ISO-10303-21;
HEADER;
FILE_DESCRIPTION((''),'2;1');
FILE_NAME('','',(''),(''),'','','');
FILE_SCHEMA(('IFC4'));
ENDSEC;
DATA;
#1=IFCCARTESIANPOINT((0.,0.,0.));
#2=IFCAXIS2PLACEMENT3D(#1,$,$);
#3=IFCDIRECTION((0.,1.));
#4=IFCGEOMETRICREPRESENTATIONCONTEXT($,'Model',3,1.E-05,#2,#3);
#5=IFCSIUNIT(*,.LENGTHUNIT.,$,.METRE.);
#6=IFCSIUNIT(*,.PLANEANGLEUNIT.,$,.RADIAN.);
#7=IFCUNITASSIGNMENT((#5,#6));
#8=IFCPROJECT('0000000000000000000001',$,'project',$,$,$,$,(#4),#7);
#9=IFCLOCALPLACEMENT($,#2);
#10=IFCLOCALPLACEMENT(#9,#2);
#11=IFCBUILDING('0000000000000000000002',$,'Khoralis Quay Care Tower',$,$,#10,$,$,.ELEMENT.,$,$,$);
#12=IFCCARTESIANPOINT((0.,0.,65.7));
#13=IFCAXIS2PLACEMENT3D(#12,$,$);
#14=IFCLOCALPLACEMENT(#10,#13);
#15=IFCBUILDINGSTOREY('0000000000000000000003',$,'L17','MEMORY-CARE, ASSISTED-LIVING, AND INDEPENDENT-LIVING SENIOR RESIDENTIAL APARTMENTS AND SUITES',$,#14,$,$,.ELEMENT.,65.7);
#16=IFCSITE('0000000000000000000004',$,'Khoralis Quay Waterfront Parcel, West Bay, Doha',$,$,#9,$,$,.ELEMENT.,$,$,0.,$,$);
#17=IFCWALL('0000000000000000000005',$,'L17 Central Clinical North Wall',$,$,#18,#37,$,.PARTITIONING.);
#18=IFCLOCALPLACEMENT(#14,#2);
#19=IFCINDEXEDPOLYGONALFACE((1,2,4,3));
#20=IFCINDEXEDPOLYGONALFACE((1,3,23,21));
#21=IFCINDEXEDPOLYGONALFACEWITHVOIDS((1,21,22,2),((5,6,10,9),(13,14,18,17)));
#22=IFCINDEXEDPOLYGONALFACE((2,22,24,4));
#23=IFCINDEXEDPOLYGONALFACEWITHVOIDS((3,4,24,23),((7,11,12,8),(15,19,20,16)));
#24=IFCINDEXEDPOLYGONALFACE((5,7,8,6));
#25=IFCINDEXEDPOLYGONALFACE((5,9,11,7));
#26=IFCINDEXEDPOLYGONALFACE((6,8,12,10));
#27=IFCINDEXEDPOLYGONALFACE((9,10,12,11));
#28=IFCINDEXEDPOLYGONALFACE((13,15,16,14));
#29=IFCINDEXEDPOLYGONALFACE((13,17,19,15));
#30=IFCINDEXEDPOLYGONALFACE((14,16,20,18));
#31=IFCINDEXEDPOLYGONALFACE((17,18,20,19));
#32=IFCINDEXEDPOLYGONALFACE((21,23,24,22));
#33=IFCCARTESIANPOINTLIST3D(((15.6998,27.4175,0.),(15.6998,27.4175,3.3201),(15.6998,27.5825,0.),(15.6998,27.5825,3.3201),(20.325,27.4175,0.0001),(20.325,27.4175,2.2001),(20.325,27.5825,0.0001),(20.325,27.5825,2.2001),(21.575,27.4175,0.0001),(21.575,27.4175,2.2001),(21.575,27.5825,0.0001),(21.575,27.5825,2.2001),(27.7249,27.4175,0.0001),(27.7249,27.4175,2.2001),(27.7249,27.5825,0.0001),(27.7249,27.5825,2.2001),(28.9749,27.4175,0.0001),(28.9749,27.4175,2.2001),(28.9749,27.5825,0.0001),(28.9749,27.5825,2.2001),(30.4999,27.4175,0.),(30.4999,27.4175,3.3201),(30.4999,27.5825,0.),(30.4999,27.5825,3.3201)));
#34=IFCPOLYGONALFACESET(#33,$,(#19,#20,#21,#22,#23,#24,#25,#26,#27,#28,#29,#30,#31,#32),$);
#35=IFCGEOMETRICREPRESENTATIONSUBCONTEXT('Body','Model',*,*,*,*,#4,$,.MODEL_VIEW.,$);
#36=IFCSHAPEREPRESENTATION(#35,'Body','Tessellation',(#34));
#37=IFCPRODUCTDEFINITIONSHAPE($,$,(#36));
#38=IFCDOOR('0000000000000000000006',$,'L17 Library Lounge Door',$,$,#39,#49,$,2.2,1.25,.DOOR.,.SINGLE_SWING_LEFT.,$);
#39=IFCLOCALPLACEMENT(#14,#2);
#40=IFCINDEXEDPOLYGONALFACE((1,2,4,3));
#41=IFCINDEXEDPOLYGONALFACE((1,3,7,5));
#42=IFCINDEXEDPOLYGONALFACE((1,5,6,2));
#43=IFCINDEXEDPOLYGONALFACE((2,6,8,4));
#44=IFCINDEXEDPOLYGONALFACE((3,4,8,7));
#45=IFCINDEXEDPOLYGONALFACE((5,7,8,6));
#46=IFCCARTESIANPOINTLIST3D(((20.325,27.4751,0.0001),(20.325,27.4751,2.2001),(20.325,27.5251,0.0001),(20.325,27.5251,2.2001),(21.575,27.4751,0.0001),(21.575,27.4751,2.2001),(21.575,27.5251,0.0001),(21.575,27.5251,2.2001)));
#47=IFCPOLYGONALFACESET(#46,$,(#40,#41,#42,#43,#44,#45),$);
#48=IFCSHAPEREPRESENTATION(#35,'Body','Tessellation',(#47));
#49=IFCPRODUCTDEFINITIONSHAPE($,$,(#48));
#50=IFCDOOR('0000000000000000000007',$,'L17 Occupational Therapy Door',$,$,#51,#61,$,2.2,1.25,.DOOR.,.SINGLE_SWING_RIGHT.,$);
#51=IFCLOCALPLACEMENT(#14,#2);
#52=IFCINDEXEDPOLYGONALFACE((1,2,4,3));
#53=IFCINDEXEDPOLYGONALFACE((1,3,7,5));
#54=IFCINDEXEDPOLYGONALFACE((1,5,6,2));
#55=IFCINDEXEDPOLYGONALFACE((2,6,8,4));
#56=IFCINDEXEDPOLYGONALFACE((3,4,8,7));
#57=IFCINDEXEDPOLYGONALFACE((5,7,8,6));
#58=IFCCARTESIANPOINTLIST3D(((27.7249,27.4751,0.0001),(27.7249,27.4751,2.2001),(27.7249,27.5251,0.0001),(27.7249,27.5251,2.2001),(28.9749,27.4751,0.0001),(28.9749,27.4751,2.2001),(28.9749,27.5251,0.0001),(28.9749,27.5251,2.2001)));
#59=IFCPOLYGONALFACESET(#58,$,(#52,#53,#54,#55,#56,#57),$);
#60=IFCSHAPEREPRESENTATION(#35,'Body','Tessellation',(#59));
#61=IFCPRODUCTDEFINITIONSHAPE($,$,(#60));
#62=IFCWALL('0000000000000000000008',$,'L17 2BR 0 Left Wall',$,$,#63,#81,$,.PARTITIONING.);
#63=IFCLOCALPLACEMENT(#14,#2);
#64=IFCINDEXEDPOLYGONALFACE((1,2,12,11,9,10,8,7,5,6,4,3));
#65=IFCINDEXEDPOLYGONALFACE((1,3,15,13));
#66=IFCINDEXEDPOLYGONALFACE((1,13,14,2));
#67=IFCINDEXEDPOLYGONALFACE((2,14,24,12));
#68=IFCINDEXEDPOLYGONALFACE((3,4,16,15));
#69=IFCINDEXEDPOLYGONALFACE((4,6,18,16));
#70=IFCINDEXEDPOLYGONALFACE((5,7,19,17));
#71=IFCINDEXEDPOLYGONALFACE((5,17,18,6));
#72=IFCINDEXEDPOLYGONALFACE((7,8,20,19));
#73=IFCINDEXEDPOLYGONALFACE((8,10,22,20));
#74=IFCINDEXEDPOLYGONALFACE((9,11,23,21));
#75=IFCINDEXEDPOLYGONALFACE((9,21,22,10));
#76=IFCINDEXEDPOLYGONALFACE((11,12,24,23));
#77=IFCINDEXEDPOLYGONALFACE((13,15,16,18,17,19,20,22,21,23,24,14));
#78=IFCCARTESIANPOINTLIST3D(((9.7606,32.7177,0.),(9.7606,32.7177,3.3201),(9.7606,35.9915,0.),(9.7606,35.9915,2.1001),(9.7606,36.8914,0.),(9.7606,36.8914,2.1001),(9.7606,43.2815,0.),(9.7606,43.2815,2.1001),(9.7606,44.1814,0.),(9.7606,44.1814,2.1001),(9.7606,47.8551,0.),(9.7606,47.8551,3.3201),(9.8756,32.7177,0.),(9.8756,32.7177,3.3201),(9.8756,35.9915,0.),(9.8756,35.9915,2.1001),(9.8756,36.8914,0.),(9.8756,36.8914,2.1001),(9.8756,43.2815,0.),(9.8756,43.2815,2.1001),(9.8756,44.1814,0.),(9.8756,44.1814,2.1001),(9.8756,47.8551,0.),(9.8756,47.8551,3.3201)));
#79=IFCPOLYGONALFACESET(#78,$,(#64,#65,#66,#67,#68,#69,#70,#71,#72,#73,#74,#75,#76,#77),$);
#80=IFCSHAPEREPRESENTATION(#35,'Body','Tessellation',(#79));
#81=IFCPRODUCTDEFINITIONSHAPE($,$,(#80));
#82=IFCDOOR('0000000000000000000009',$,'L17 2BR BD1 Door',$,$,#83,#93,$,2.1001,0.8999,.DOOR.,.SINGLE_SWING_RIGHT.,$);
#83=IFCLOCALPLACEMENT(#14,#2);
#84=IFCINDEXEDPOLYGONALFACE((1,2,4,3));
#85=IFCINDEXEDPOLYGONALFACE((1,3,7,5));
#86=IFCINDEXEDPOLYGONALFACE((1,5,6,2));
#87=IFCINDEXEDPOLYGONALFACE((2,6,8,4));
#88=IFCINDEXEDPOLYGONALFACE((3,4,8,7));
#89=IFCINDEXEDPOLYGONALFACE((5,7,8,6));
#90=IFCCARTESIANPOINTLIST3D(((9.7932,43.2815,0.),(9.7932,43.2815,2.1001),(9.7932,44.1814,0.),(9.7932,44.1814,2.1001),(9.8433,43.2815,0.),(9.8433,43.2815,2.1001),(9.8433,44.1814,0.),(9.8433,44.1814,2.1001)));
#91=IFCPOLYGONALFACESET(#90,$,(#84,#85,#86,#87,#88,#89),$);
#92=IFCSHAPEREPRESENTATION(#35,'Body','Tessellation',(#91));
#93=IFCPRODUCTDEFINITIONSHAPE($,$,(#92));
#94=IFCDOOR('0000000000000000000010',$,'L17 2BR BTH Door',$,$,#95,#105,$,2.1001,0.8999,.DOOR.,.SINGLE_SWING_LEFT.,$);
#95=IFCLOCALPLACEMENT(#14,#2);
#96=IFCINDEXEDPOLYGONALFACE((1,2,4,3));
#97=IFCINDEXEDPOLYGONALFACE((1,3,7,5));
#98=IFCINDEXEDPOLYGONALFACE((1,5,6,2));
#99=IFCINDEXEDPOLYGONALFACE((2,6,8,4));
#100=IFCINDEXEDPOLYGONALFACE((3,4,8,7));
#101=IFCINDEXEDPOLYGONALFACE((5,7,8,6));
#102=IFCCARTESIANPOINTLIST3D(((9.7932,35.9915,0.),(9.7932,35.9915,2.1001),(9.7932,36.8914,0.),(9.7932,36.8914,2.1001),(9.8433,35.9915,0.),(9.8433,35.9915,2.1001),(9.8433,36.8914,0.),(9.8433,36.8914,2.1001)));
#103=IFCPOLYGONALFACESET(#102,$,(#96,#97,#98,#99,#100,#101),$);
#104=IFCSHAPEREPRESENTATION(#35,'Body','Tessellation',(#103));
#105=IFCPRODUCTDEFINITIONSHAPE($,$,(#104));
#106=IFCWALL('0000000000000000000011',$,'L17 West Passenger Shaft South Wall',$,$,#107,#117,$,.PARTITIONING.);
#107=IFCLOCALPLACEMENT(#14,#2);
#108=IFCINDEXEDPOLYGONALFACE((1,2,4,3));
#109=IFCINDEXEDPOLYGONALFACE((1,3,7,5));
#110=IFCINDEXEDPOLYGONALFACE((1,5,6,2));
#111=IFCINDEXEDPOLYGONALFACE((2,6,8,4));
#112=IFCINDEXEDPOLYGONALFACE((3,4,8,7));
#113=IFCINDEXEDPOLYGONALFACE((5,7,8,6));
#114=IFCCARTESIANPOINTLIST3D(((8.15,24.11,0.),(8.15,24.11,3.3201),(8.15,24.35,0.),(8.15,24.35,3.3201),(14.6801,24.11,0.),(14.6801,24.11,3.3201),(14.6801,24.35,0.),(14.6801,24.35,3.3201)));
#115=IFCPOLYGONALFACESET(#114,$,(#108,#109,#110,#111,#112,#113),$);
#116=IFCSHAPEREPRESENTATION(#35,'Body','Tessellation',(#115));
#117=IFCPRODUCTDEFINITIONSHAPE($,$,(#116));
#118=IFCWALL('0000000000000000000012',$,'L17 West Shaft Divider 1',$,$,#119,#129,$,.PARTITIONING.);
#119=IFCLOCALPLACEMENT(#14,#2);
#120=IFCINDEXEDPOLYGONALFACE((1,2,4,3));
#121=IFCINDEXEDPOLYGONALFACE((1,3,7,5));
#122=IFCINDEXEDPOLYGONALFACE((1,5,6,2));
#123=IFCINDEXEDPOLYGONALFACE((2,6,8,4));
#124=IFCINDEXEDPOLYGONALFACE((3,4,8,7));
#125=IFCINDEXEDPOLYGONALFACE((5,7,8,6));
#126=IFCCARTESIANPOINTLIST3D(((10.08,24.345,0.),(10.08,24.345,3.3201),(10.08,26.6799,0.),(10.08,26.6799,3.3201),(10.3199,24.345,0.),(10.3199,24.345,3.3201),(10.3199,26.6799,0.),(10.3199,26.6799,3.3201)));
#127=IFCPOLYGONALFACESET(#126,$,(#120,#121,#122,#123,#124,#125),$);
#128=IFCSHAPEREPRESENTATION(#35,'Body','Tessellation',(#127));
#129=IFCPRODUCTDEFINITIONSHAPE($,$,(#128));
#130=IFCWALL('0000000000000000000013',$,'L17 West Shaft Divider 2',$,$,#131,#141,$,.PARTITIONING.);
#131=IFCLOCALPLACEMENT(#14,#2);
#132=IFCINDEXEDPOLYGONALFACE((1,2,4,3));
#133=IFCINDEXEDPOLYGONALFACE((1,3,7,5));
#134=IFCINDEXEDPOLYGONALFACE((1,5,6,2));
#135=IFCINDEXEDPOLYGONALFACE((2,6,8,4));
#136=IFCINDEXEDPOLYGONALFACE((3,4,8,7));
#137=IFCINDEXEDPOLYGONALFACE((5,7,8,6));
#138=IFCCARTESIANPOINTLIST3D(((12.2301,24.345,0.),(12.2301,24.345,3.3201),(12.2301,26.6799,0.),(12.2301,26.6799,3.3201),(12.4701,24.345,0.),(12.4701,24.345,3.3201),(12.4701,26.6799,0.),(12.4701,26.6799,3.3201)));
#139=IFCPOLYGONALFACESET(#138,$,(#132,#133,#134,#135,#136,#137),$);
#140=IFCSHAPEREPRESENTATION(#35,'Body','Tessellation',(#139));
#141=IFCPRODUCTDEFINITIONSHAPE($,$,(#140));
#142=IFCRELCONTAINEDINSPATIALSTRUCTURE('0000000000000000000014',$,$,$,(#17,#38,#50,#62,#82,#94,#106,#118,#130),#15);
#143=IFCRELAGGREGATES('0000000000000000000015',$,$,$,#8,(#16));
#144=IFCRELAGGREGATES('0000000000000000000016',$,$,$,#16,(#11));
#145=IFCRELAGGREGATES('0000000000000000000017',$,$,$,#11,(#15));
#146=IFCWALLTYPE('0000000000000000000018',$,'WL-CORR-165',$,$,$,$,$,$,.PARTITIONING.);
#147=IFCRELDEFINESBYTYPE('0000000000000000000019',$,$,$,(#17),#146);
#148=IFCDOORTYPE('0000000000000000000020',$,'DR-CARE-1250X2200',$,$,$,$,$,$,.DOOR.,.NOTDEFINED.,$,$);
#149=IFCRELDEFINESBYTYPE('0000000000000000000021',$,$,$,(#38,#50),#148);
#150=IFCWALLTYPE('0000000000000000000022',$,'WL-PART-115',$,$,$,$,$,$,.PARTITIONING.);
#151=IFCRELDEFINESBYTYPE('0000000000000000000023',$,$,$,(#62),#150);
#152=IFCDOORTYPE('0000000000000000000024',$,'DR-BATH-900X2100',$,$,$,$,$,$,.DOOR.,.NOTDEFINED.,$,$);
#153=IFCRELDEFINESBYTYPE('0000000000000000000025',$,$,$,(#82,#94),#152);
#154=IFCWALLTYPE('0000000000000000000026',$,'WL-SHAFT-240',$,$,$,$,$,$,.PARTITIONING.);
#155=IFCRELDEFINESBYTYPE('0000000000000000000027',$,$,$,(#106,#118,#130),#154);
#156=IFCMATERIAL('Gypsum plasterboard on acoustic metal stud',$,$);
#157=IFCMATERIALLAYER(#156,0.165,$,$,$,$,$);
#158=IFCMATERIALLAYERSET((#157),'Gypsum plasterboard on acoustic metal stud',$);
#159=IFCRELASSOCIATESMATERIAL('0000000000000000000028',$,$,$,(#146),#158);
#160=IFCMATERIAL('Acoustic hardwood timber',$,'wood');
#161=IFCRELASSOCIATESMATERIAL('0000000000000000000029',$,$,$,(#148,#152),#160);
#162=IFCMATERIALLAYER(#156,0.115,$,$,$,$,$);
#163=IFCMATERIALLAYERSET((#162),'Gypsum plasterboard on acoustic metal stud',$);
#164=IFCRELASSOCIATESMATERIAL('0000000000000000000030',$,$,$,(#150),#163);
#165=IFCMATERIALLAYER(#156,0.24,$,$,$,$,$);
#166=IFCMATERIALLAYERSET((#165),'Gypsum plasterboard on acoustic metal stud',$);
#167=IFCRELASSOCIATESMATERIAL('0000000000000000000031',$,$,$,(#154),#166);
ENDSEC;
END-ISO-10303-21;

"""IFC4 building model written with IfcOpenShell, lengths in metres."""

from ifc_helpers import new_model, si_unit, direction, frame, frame_2d, origin, place, context, subcontext, project, spatial, rectangle, extrude, source, transform, mapped, material, layer, layer_set, type_object, element, fill, save


model = new_model("IFC4")

# Units and contexts
model_context = context("Model", 3, precision=1e-05, world=origin(), true_north=direction((0.0, 1.0)))
body_context = subcontext(model_context, "Body", "Model", "MODEL_VIEW")
ifc_project = project(units=[si_unit("LENGTHUNIT", "METRE"), si_unit("PLANEANGLEUNIT", "RADIAN")], contexts=[model_context])

# Site, building, storey
site_placement = place(None, origin())
site = spatial("IfcSite", under=ifc_project, at=site_placement, Name="Khoralis Quay Waterfront Parcel, West Bay, Doha", CompositionType="ELEMENT", RefElevation=0.0)
building_placement = place(site_placement, origin())
building = spatial("IfcBuilding", under=site, at=building_placement, Name="Khoralis Quay Care Tower", CompositionType="ELEMENT")
storey_placement = place(building_placement, frame((0.0, 0.0, 65.7)))
storey = spatial("IfcBuildingStorey", under=building, at=storey_placement, Name="L17", Description="MEMORY-CARE, ASSISTED-LIVING, AND INDEPENDENT-LIVING SENIOR RESIDENTIAL APARTMENTS AND SUITES", CompositionType="ELEMENT", Elevation=65.7)

# Shared definitions
ifc_material_1 = material(Name="Gypsum plasterboard on acoustic metal stud")
ifc_layer_1 = layer(ifc_material_1, 0.165)
ifc_layer_set_1 = layer_set([ifc_layer_1], Name="Gypsum plasterboard on acoustic metal stud")
wall_type_1 = type_object("IfcWallType", Name="WL-CORR-165", PredefinedType="PARTITIONING", material=ifc_layer_set_1)

# Walls, openings, doors
wall_1_placement = place(storey_placement, frame((15.7, 27.5, 0.0), z_axis=(0.0, 0.0, 1.0), x_axis=(1.0, 0.0, 0.0)))
wall_1 = element("IfcWall", 1, at=wall_1_placement, inside=storey, type_object=wall_type_1, Name="L17 Central Clinical North Wall", PredefinedType="PARTITIONING", context=body_context, shape_type="SweptSolid", body=[
    extrude(rectangle(XDim=14.8, YDim=0.165, at=frame_2d((7.3999, 0.0))), origin(), (0.0, 0.0, 1.0), 3.3201),
])
opening_1_placement = place(wall_1_placement, frame((4.625, 0.0, 0.0)))
opening_1 = element("IfcOpeningElement", 2, at=opening_1_placement, cuts=wall_1, PredefinedType="OPENING", context=body_context, shape_type="SweptSolid", body=[
    extrude(rectangle(XDim=1.25, YDim=2.2, at=frame_2d((0.625, 1.1001))), frame((0.0, 0.0925, 0.0), z_axis=(0.0, -1.0, 0.0), x_axis=(1.0, 0.0, 0.0)), (0.0, 0.0, 1.0), 0.1851),
])
opening_2_placement = place(wall_1_placement, frame((12.0249, 0.0, 0.0)))
opening_2 = element("IfcOpeningElement", 3, at=opening_2_placement, cuts=wall_1, PredefinedType="OPENING", context=body_context, shape_type="SweptSolid", body=[
    extrude(rectangle(XDim=1.25, YDim=2.2, at=frame_2d((0.625, 1.1001))), frame((0.0, 0.0925, 0.0), z_axis=(0.0, -1.0, 0.0), x_axis=(1.0, 0.0, 0.0)), (0.0, 0.0, 1.0), 0.1851),
])
ifc_material_2 = material(Name="Acoustic hardwood timber", Category="wood")
door_type_1 = type_object("IfcDoorType", Name="DR-CARE-1250X2200", OperationType="NOTDEFINED", PredefinedType="DOOR", material=ifc_material_2)
shared_shape_1 = source(origin(), body_context, "Body", "SweptSolid", [
    extrude(rectangle(XDim=1.25, YDim=2.2, at=frame_2d((0.625, 1.1001))), frame((0.0, 0.0249, 0.0), z_axis=(0.0, -1.0, 0.0), x_axis=(1.0, 0.0, 0.0)), (0.0, 0.0, 1.0), 0.05),
])
door_1_placement = place(opening_1_placement, frame((1.25, 0.0, 0.0), z_axis=(0.0, 0.0, 1.0), x_axis=(-1.0, 0.0, 0.0)))
door_1 = element("IfcDoor", 4, at=door_1_placement, inside=storey, type_object=door_type_1, Name="L17 Library Lounge Door", OperationType="SINGLE_SWING_LEFT", OverallHeight=2.2, OverallWidth=1.25, PredefinedType="DOOR", context=body_context, shape_type="MappedRepresentation", body=[
    mapped(shared_shape_1, transform((0.0, 0.0, 0.0), scale=1.0)),
])
fill(opening_1, door_1)
door_2_placement = place(opening_2_placement, frame((1.25, 0.0, 0.0), z_axis=(0.0, 0.0, 1.0), x_axis=(-1.0, 0.0, 0.0)))
door_2 = element("IfcDoor", 5, at=door_2_placement, inside=storey, type_object=door_type_1, Name="L17 Occupational Therapy Door", OperationType="SINGLE_SWING_RIGHT", OverallHeight=2.2, OverallWidth=1.25, PredefinedType="DOOR", context=body_context, shape_type="MappedRepresentation", body=[
    mapped(shared_shape_1, transform((0.0, 0.0, 0.0), scale=1.0)),
])
fill(opening_2, door_2)
ifc_layer_2 = layer(ifc_material_1, 0.115)
ifc_layer_set_2 = layer_set([ifc_layer_2], Name="Gypsum plasterboard on acoustic metal stud")
wall_type_2 = type_object("IfcWallType", Name="WL-PART-115", PredefinedType="PARTITIONING", material=ifc_layer_set_2)
wall_2_placement = place(storey_placement, frame((9.8181, 32.7175, 0.0), z_axis=(0.0, 0.0, 1.0), x_axis=(0.0, 1.0, 0.0)))
wall_2 = element("IfcWall", 6, at=wall_2_placement, inside=storey, type_object=wall_type_2, Name="L17 2BR 0 Left Wall", PredefinedType="PARTITIONING", context=body_context, shape_type="SweptSolid", body=[
    extrude(rectangle(XDim=15.1375, YDim=0.115, at=frame_2d((7.5688, 0.0))), origin(), (0.0, 0.0, 1.0), 3.3201),
])
opening_3_placement = place(wall_2_placement, frame((10.564, 0.0, 0.0)))
opening_3 = element("IfcOpeningElement", 7, at=opening_3_placement, cuts=wall_2, PredefinedType="OPENING", context=body_context, shape_type="SweptSolid", body=[
    extrude(rectangle(XDim=0.8999, YDim=2.1001, at=frame_2d((0.45, 1.05))), frame((0.0, 0.0674, 0.0), z_axis=(0.0, -1.0, 0.0), x_axis=(1.0, 0.0, 0.0)), (0.0, 0.0, 1.0), 0.135),
])
opening_4_placement = place(wall_2_placement, frame((3.2739, 0.0, 0.0)))
opening_4 = element("IfcOpeningElement", 8, at=opening_4_placement, cuts=wall_2, PredefinedType="OPENING", context=body_context, shape_type="SweptSolid", body=[
    extrude(rectangle(XDim=0.8999, YDim=2.1001, at=frame_2d((0.45, 1.05))), frame((0.0, 0.0674, 0.0), z_axis=(0.0, -1.0, 0.0), x_axis=(1.0, 0.0, 0.0)), (0.0, 0.0, 1.0), 0.135),
])
door_type_2 = type_object("IfcDoorType", Name="DR-BATH-900X2100", OperationType="NOTDEFINED", PredefinedType="DOOR", material=ifc_material_2)
shared_shape_2 = source(origin(), body_context, "Body", "SweptSolid", [
    extrude(rectangle(XDim=0.8999, YDim=2.1001, at=frame_2d((0.45, 1.05))), frame((0.0, 0.0249, 0.0), z_axis=(0.0, -1.0, 0.0), x_axis=(1.0, 0.0, 0.0)), (0.0, 0.0, 1.0), 0.05),
])
door_3_placement = place(opening_3_placement, origin())
door_3 = element("IfcDoor", 9, at=door_3_placement, inside=storey, type_object=door_type_2, Name="L17 2BR BD1 Door", OperationType="SINGLE_SWING_RIGHT", OverallHeight=2.1001, OverallWidth=0.8999, PredefinedType="DOOR", context=body_context, shape_type="MappedRepresentation", body=[
    mapped(shared_shape_2, transform((0.0, 0.0, 0.0), scale=1.0)),
])
fill(opening_3, door_3)
door_4_placement = place(opening_4_placement, origin())
door_4 = element("IfcDoor", 10, at=door_4_placement, inside=storey, type_object=door_type_2, Name="L17 2BR BTH Door", OperationType="SINGLE_SWING_LEFT", OverallHeight=2.1001, OverallWidth=0.8999, PredefinedType="DOOR", context=body_context, shape_type="MappedRepresentation", body=[
    mapped(shared_shape_2, transform((0.0, 0.0, 0.0), scale=1.0)),
])
fill(opening_4, door_4)

# Walls
ifc_layer_3 = layer(ifc_material_1, 0.24)
ifc_layer_set_3 = layer_set([ifc_layer_3], Name="Gypsum plasterboard on acoustic metal stud")
wall_type_3 = type_object("IfcWallType", Name="WL-SHAFT-240", PredefinedType="PARTITIONING", material=ifc_layer_set_3)
wall_3_placement = place(storey_placement, frame((8.1499, 24.23, 0.0), z_axis=(0.0, 0.0, 1.0), x_axis=(1.0, 0.0, 0.0)))
element("IfcWall", 11, at=wall_3_placement, inside=storey, type_object=wall_type_3, Name="L17 West Passenger Shaft South Wall", PredefinedType="PARTITIONING", context=body_context, shape_type="SweptSolid", body=[
    extrude(rectangle(XDim=6.53, YDim=0.24, at=frame_2d((3.2651, 0.0))), origin(), (0.0, 0.0, 1.0), 3.3201),
])
for number, where, z_axis, x_axis, name in (
    (12, (10.2, 24.345, 0.0), (0.0, 0.0, 1.0), (0.0, 1.0, 0.0), "L17 West Shaft Divider 1"),
    (13, (12.3501, 24.345, 0.0), (0.0, 0.0, 1.0), (0.0, 1.0, 0.0), "L17 West Shaft Divider 2"),
):
    element("IfcWall", number, at=place(storey_placement, frame(where, z_axis=z_axis, x_axis=x_axis)), inside=storey, type_object=wall_type_3, Name=name, PredefinedType="PARTITIONING", context=body_context, shape_type="SweptSolid", body=[
        extrude(rectangle(XDim=2.335, YDim=0.24, at=frame_2d((1.1675, 0.0))), origin(), (0.0, 0.0, 1.0), 3.3201),
    ])

save(model, "model.ifc")
